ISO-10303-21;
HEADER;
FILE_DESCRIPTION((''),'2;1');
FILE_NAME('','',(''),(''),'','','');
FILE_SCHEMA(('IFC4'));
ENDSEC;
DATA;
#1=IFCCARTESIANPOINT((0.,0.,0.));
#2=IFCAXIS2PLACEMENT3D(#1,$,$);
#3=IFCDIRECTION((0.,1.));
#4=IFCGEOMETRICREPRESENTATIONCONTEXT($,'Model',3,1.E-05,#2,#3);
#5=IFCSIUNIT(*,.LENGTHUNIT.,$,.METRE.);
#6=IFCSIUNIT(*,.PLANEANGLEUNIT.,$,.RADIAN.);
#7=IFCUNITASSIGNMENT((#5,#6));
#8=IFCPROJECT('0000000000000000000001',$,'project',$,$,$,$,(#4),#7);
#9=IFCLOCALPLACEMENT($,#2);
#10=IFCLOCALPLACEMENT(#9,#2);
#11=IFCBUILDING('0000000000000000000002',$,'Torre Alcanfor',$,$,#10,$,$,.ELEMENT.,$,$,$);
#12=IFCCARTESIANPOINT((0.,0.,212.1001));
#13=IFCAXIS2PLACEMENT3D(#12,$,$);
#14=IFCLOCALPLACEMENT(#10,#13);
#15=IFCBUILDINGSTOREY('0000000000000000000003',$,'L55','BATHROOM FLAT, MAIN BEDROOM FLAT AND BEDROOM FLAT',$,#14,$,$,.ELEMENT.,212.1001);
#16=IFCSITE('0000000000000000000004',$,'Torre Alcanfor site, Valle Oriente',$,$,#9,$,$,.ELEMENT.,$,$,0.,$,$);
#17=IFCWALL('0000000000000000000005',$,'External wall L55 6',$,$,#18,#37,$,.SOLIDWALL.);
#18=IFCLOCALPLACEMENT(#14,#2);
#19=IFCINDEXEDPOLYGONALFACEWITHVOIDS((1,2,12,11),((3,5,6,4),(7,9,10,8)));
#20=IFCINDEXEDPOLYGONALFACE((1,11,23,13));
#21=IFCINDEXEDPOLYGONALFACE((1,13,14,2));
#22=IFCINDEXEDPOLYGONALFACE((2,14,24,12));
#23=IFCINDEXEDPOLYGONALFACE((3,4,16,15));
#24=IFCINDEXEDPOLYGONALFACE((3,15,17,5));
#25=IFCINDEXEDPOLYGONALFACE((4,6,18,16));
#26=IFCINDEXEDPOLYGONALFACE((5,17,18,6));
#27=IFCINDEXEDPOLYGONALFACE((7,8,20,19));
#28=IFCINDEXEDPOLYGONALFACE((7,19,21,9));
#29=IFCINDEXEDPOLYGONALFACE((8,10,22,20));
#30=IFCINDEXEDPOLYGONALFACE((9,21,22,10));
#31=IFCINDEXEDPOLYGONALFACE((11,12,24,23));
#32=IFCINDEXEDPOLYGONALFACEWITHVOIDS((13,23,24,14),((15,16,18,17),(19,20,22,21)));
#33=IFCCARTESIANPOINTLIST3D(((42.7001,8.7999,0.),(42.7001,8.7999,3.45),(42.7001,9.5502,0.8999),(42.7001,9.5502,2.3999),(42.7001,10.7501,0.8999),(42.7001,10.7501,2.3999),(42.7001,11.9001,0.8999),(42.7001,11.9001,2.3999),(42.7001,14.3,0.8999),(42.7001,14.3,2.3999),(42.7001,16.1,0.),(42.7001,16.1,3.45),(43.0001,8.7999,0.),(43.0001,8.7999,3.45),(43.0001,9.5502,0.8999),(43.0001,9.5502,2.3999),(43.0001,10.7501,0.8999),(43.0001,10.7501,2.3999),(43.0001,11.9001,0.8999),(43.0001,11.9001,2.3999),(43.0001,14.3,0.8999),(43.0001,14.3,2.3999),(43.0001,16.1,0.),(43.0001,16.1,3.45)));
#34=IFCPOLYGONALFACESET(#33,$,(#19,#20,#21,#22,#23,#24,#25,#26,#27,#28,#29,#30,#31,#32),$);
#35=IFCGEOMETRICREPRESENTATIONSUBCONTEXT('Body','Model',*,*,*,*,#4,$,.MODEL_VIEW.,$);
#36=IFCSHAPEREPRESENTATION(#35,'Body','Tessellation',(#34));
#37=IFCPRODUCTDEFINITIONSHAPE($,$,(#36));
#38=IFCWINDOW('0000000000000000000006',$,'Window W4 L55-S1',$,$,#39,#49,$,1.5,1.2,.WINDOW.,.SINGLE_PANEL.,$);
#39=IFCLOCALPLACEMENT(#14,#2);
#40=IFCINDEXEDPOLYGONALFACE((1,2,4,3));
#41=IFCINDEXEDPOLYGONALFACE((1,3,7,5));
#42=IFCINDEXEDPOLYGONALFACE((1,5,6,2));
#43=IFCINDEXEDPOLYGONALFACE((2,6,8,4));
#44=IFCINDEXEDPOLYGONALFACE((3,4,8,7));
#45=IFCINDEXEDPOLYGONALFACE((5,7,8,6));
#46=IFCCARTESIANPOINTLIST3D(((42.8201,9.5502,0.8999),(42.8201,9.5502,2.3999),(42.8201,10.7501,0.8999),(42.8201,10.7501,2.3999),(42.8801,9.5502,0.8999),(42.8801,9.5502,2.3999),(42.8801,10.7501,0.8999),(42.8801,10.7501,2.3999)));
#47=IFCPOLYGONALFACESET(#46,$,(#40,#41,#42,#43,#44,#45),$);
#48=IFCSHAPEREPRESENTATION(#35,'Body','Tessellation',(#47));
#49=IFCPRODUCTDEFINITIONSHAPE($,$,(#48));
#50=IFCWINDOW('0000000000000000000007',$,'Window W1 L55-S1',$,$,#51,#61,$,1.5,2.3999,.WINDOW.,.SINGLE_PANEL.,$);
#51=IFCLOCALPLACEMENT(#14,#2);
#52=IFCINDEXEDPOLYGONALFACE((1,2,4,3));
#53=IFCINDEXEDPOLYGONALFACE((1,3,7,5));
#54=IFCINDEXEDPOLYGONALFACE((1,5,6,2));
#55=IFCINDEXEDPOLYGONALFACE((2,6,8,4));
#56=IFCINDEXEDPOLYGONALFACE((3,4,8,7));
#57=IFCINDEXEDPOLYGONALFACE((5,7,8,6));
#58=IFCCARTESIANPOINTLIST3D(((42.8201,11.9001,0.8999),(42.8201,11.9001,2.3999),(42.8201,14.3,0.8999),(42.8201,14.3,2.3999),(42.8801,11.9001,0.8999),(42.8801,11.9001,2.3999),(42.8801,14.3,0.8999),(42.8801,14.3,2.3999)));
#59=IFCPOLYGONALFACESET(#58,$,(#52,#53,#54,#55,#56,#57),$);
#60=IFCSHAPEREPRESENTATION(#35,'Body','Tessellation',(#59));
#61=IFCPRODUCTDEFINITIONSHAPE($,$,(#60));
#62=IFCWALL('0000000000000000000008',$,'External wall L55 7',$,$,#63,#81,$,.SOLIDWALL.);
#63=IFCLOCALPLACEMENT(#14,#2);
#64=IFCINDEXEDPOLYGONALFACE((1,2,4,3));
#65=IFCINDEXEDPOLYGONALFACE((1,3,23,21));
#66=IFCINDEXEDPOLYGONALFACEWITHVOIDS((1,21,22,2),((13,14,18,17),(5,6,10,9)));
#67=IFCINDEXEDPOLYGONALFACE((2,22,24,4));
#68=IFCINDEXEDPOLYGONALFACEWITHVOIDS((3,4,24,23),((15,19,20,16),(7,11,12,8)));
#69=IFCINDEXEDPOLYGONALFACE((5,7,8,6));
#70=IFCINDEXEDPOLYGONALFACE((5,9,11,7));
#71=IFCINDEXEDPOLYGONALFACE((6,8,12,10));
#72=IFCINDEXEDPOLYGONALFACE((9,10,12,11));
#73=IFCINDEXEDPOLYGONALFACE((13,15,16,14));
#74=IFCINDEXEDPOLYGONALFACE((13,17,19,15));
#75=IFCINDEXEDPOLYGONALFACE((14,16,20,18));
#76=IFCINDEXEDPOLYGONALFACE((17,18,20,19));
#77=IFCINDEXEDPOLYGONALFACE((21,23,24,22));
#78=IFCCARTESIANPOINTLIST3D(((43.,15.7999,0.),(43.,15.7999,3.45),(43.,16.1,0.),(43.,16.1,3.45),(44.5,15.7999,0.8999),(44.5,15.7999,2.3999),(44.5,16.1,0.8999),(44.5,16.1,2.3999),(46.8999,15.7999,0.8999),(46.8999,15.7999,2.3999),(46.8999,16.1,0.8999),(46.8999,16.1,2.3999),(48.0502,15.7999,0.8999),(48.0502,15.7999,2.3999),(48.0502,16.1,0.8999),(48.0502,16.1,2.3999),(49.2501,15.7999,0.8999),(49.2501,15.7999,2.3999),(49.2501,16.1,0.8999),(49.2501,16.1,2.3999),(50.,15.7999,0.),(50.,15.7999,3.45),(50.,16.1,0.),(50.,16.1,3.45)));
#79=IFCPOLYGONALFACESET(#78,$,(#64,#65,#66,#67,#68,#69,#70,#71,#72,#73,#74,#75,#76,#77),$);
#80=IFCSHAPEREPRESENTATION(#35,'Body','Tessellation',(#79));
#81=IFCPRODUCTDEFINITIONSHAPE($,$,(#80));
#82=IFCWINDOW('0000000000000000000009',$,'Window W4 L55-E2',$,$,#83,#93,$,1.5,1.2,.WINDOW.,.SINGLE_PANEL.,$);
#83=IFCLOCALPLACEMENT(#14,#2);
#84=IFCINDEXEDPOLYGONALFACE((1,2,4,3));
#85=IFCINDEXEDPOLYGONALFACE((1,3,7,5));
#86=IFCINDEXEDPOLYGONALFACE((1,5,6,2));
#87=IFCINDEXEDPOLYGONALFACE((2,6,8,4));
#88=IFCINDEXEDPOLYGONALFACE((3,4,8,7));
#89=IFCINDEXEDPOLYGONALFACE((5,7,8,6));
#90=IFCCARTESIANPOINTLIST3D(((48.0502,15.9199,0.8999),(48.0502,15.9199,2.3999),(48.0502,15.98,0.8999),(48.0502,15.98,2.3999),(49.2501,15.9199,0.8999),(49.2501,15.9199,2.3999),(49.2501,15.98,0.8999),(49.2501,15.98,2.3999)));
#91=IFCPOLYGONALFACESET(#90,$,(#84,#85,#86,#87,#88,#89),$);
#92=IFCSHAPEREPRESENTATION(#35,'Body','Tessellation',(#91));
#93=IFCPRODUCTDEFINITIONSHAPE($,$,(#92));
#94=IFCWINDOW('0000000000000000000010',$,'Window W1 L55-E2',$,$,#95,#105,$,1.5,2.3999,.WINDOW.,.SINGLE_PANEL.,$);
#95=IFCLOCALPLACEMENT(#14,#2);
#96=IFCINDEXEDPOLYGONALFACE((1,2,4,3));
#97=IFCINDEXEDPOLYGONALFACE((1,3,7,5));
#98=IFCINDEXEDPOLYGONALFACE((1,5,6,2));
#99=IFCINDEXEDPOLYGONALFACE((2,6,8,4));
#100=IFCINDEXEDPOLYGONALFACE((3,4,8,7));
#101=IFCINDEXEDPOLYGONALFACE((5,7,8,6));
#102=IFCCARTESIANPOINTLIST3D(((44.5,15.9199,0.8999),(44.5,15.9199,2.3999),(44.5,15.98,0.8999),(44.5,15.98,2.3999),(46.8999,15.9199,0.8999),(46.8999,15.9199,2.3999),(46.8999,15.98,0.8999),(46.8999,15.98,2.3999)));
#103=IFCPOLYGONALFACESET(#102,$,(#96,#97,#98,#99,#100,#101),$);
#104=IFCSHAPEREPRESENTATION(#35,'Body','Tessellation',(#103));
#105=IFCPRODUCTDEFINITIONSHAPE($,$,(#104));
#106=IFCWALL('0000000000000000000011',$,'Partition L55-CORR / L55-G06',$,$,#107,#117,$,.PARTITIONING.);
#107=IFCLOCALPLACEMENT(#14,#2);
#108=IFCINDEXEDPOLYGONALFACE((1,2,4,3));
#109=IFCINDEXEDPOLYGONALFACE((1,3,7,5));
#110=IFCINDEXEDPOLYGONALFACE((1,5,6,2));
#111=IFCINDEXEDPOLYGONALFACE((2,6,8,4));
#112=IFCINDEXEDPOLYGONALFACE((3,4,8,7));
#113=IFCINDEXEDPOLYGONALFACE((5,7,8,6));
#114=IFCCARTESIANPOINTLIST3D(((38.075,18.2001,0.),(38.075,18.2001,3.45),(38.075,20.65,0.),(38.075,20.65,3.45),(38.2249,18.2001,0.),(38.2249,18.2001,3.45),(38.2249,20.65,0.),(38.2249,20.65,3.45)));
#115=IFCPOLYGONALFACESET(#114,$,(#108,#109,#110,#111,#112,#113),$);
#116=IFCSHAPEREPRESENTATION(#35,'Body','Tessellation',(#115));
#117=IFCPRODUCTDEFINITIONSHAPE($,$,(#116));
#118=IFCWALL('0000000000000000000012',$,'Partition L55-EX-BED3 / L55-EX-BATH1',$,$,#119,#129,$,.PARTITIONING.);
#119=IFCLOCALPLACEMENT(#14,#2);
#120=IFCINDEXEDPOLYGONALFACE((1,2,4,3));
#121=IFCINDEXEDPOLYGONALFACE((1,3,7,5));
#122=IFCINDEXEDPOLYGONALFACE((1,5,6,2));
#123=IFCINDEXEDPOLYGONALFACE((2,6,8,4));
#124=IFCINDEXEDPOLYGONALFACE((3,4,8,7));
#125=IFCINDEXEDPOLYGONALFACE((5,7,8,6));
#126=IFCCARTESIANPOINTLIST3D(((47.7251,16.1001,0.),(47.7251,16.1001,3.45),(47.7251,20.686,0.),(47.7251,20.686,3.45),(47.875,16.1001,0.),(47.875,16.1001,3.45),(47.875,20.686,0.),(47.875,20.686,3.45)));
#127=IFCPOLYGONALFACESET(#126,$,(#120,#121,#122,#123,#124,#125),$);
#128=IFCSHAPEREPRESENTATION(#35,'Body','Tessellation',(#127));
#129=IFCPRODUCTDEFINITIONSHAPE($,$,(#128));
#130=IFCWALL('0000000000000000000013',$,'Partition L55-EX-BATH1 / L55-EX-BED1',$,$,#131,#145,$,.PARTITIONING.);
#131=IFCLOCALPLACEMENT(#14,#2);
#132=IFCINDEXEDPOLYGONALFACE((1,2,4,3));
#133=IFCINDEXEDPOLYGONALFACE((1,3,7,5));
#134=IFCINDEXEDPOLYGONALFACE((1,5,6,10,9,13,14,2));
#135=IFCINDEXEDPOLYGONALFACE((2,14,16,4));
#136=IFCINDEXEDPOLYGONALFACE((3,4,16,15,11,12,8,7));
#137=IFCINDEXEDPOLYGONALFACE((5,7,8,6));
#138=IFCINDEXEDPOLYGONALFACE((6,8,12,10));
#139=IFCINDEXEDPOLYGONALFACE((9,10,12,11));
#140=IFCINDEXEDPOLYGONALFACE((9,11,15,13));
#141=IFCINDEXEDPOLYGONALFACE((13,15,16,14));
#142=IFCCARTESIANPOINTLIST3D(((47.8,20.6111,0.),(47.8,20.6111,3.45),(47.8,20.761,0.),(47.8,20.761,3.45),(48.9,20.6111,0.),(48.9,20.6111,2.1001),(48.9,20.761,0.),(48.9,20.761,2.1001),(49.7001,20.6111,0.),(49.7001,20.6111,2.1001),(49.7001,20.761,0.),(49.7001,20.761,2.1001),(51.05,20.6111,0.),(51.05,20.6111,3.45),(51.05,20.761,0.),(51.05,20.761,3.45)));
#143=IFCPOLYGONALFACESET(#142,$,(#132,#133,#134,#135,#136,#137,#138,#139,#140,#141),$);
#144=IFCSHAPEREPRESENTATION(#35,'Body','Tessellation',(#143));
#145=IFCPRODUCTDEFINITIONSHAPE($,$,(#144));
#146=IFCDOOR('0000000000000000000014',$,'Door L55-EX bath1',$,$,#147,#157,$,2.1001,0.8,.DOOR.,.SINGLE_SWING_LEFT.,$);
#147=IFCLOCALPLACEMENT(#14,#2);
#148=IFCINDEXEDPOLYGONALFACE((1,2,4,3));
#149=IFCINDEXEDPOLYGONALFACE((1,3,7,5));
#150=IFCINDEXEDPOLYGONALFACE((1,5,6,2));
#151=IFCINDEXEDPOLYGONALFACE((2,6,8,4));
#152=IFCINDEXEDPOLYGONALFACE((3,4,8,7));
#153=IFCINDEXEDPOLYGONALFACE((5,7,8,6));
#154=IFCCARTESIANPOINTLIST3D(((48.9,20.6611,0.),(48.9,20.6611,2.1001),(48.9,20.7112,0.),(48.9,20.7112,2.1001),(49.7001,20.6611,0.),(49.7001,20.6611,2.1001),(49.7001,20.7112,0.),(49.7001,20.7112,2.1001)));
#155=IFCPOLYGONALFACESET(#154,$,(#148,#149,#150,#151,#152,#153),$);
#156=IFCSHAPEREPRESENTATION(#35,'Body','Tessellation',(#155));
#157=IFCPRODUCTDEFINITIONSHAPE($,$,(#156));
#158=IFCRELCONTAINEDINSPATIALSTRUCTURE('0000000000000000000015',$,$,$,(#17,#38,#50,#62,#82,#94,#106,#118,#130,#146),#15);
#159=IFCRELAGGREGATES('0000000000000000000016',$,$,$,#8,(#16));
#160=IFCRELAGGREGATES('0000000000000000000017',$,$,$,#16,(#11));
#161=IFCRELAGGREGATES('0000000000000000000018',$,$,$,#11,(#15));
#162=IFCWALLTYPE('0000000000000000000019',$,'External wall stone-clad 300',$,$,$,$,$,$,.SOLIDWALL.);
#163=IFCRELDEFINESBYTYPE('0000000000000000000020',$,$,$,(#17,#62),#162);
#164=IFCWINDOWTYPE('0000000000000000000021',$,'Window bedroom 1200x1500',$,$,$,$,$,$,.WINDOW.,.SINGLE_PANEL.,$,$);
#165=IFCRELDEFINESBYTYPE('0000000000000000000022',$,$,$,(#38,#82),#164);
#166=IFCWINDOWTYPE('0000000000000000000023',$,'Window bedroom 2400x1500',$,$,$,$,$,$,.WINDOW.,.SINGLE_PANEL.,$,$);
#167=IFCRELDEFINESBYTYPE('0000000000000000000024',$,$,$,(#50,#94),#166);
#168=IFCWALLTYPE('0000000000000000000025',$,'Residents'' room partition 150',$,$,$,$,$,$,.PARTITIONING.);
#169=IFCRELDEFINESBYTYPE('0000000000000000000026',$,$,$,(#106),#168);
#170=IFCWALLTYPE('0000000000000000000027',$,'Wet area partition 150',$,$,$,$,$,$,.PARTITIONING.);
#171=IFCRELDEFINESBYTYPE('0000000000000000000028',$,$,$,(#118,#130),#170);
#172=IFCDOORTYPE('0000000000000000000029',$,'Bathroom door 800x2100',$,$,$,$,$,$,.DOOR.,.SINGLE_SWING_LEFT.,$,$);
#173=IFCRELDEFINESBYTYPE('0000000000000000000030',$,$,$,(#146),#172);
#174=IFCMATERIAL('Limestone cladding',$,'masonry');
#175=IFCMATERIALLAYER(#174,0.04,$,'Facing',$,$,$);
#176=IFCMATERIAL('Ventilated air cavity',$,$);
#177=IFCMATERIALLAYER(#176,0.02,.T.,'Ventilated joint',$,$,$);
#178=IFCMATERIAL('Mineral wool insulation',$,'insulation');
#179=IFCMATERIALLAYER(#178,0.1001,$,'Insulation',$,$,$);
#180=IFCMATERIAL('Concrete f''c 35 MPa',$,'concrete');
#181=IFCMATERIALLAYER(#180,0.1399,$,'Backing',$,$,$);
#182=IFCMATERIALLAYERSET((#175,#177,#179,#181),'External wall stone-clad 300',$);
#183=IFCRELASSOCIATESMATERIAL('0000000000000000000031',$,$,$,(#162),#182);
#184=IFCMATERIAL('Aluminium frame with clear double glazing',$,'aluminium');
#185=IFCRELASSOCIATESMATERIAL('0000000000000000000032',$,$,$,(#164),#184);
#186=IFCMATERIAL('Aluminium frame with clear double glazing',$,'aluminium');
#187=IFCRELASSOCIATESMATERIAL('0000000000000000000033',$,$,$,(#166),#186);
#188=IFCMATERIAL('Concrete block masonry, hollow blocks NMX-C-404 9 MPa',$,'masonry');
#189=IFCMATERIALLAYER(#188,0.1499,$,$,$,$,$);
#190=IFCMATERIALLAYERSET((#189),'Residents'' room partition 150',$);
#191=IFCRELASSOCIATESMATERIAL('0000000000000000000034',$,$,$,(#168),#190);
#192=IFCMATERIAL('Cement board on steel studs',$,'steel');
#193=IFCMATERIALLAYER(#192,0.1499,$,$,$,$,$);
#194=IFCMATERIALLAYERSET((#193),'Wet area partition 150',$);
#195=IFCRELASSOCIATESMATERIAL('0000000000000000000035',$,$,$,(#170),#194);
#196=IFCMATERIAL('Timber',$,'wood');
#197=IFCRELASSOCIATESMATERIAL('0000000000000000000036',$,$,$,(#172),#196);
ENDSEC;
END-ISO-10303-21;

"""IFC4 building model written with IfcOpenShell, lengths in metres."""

from ifc_helpers import new_model, si_unit, direction, frame, frame_2d, origin, place, context, subcontext, project, spatial, rectangle, extrude, material, layer, layer_set, type_object, element, fill, save


model = new_model("IFC4")

# Units and contexts
model_context = context("Model", 3, precision=1e-05, world=origin(), true_north=direction((0.0, 1.0)))
body_context = subcontext(model_context, "Body", "Model", "MODEL_VIEW")
ifc_project = project(units=[si_unit("LENGTHUNIT", "METRE"), si_unit("PLANEANGLEUNIT", "RADIAN")], contexts=[model_context])

# Site, building, storey
site_placement = place(None, origin())
site = spatial("IfcSite", under=ifc_project, at=site_placement, Name="Torre Alcanfor site, Valle Oriente", CompositionType="ELEMENT", RefElevation=0.0)
building_placement = place(site_placement, origin())
building = spatial("IfcBuilding", under=site, at=building_placement, Name="Torre Alcanfor", CompositionType="ELEMENT")
storey_placement = place(building_placement, frame((0.0, 0.0, 212.1001)))
storey = spatial("IfcBuildingStorey", under=building, at=storey_placement, Name="L55", Description="BATHROOM FLAT, MAIN BEDROOM FLAT AND BEDROOM FLAT", CompositionType="ELEMENT", Elevation=212.1001)

# Walls, openings, windows
ifc_material_1 = material(Name="Limestone cladding", Category="masonry")
ifc_layer_1 = layer(ifc_material_1, 0.04, Name="Facing")
ifc_material_2 = material(Name="Ventilated air cavity")
ifc_layer_2 = layer(ifc_material_2, 0.02, ventilated=True, Name="Ventilated joint")
ifc_material_3 = material(Name="Mineral wool insulation", Category="insulation")
ifc_layer_3 = layer(ifc_material_3, 0.1001, Name="Insulation")
ifc_material_4 = material(Name="Concrete f'c 35 MPa", Category="concrete")
ifc_layer_4 = layer(ifc_material_4, 0.1399, Name="Backing")
ifc_layer_set_1 = layer_set([ifc_layer_1, ifc_layer_2, ifc_layer_3, ifc_layer_4], Name="External wall stone-clad 300")
wall_type_1 = type_object("IfcWallType", Name="External wall stone-clad 300", PredefinedType="SOLIDWALL", material=ifc_layer_set_1)
wall_1_placement = place(storey_placement, frame((42.8501, 8.8, 0.0), z_axis=(0.0, 0.0, 1.0), x_axis=(0.0, 1.0, 0.0)))
wall_1 = element("IfcWall", 1, at=wall_1_placement, inside=storey, type_object=wall_type_1, Name="External wall L55 6", PredefinedType="SOLIDWALL", context=body_context, shape_type="SweptSolid", body=[
    extrude(rectangle(XDim=7.3, YDim=0.3, at=frame_2d((3.6499, 0.0))), origin(), (0.0, 0.0, 1.0), 3.45),
])
opening_1_placement = place(wall_1_placement, frame((3.1001, 0.0, 0.8999)))
opening_1 = element("IfcOpeningElement", 2, at=opening_1_placement, cuts=wall_1, PredefinedType="OPENING", context=body_context, shape_type="SweptSolid", body=[
    extrude(rectangle(XDim=2.3999, YDim=1.5, at=frame_2d((1.2, 0.75))), frame((0.0, 0.1599, 0.0), z_axis=(0.0, -1.0, 0.0), x_axis=(1.0, 0.0, 0.0)), (0.0, 0.0, 1.0), 0.3201),
])
opening_2_placement = place(wall_1_placement, frame((0.75, 0.0, 0.8999)))
opening_2 = element("IfcOpeningElement", 3, at=opening_2_placement, cuts=wall_1, PredefinedType="OPENING", context=body_context, shape_type="SweptSolid", body=[
    extrude(rectangle(XDim=1.2, YDim=1.5, at=frame_2d((0.6001, 0.75))), frame((0.0, 0.1599, 0.0), z_axis=(0.0, -1.0, 0.0), x_axis=(1.0, 0.0, 0.0)), (0.0, 0.0, 1.0), 0.3201),
])
ifc_material_5 = material(Name="Aluminium frame with clear double glazing", Category="aluminium")
window_type_1 = type_object("IfcWindowType", Name="Window bedroom 1200x1500", PartitioningType="SINGLE_PANEL", PredefinedType="WINDOW", material=ifc_material_5)
window_1_placement = place(opening_2_placement, origin())
window_1 = element("IfcWindow", 4, at=window_1_placement, inside=storey, type_object=window_type_1, Name="Window W4 L55-S1", OverallHeight=1.5, OverallWidth=1.2, PartitioningType="SINGLE_PANEL", PredefinedType="WINDOW", context=body_context, shape_type="SweptSolid", body=[
    extrude(rectangle(XDim=1.2, YDim=1.5, at=frame_2d((0.6001, 0.75))), frame((0.0, 0.03, 0.0), z_axis=(0.0, -1.0, 0.0), x_axis=(1.0, 0.0, 0.0)), (0.0, 0.0, 1.0), 0.0601),
])
fill(opening_2, window_1)
ifc_material_6 = material(Name="Aluminium frame with clear double glazing", Category="aluminium")
window_type_2 = type_object("IfcWindowType", Name="Window bedroom 2400x1500", PartitioningType="SINGLE_PANEL", PredefinedType="WINDOW", material=ifc_material_6)
window_2_placement = place(opening_1_placement, origin())
window_2 = element("IfcWindow", 5, at=window_2_placement, inside=storey, type_object=window_type_2, Name="Window W1 L55-S1", OverallHeight=1.5, OverallWidth=2.3999, PartitioningType="SINGLE_PANEL", PredefinedType="WINDOW", context=body_context, shape_type="SweptSolid", body=[
    extrude(rectangle(XDim=2.3999, YDim=1.5, at=frame_2d((1.2, 0.75))), frame((0.0, 0.03, 0.0), z_axis=(0.0, -1.0, 0.0), x_axis=(1.0, 0.0, 0.0)), (0.0, 0.0, 1.0), 0.0601),
])
fill(opening_1, window_2)
wall_2_placement = place(storey_placement, frame((43.0, 15.95, 0.0), z_axis=(0.0, 0.0, 1.0), x_axis=(1.0, 0.0, 0.0)))
wall_2 = element("IfcWall", 6, at=wall_2_placement, inside=storey, type_object=wall_type_1, Name="External wall L55 7", PredefinedType="SOLIDWALL", context=body_context, shape_type="SweptSolid", body=[
    extrude(rectangle(XDim=7.0, YDim=0.3, at=frame_2d((3.5, 0.0))), origin(), (0.0, 0.0, 1.0), 3.45),
])
opening_3_placement = place(wall_2_placement, frame((1.5, 0.0, 0.8999)))
opening_3 = element("IfcOpeningElement", 7, at=opening_3_placement, cuts=wall_2, PredefinedType="OPENING", context=body_context, shape_type="SweptSolid", body=[
    extrude(rectangle(XDim=2.3999, YDim=1.5, at=frame_2d((1.2, 0.75))), frame((0.0, 0.1599, 0.0), z_axis=(0.0, -1.0, 0.0), x_axis=(1.0, 0.0, 0.0)), (0.0, 0.0, 1.0), 0.3201),
])
opening_4_placement = place(wall_2_placement, frame((5.05, 0.0, 0.8999)))
opening_4 = element("IfcOpeningElement", 8, at=opening_4_placement, cuts=wall_2, PredefinedType="OPENING", context=body_context, shape_type="SweptSolid", body=[
    extrude(rectangle(XDim=1.2, YDim=1.5, at=frame_2d((0.6001, 0.75))), frame((0.0, 0.1599, 0.0), z_axis=(0.0, -1.0, 0.0), x_axis=(1.0, 0.0, 0.0)), (0.0, 0.0, 1.0), 0.3201),
])
window_3_placement = place(opening_4_placement, origin())
window_3 = element("IfcWindow", 9, at=window_3_placement, inside=storey, type_object=window_type_1, Name="Window W4 L55-E2", OverallHeight=1.5, OverallWidth=1.2, PartitioningType="SINGLE_PANEL", PredefinedType="WINDOW", context=body_context, shape_type="SweptSolid", body=[
    extrude(rectangle(XDim=1.2, YDim=1.5, at=frame_2d((0.6001, 0.75))), frame((0.0, 0.03, 0.0), z_axis=(0.0, -1.0, 0.0), x_axis=(1.0, 0.0, 0.0)), (0.0, 0.0, 1.0), 0.0601),
])
fill(opening_4, window_3)
window_4_placement = place(opening_3_placement, origin())
window_4 = element("IfcWindow", 10, at=window_4_placement, inside=storey, type_object=window_type_2, Name="Window W1 L55-E2", OverallHeight=1.5, OverallWidth=2.3999, PartitioningType="SINGLE_PANEL", PredefinedType="WINDOW", context=body_context, shape_type="SweptSolid", body=[
    extrude(rectangle(XDim=2.3999, YDim=1.5, at=frame_2d((1.2, 0.75))), frame((0.0, 0.03, 0.0), z_axis=(0.0, -1.0, 0.0), x_axis=(1.0, 0.0, 0.0)), (0.0, 0.0, 1.0), 0.0601),
])
fill(opening_3, window_4)

# Walls
ifc_material_7 = material(Name="Concrete block masonry, hollow blocks NMX-C-404 9 MPa", Category="masonry")
ifc_layer_5 = layer(ifc_material_7, 0.1499)
ifc_layer_set_2 = layer_set([ifc_layer_5], Name="Residents' room partition 150")
wall_type_2 = type_object("IfcWallType", Name="Residents' room partition 150", PredefinedType="PARTITIONING", material=ifc_layer_set_2)
wall_3_placement = place(storey_placement, frame((38.1499, 18.2, 0.0), z_axis=(0.0, 0.0, 1.0), x_axis=(0.0, 1.0, 0.0)))
element("IfcWall", 11, at=wall_3_placement, inside=storey, type_object=wall_type_2, Name="Partition L55-CORR / L55-G06", PredefinedType="PARTITIONING", context=body_context, shape_type="SweptSolid", body=[
    extrude(rectangle(XDim=2.45, YDim=0.1499, at=frame_2d((1.2251, 0.0))), origin(), (0.0, 0.0, 1.0), 3.45),
])
ifc_material_8 = material(Name="Cement board on steel studs", Category="steel")
ifc_layer_6 = layer(ifc_material_8, 0.1499)
ifc_layer_set_3 = layer_set([ifc_layer_6], Name="Wet area partition 150")
wall_type_3 = type_object("IfcWallType", Name="Wet area partition 150", PredefinedType="PARTITIONING", material=ifc_layer_set_3)
wall_4_placement = place(storey_placement, frame((47.8, 16.1001, 0.0), z_axis=(0.0, 0.0, 1.0), x_axis=(0.0, 1.0, 0.0)))
element("IfcWall", 12, at=wall_4_placement, inside=storey, type_object=wall_type_3, Name="Partition L55-EX-BED3 / L55-EX-BATH1", PredefinedType="PARTITIONING", context=body_context, shape_type="SweptSolid", body=[
    extrude(rectangle(XDim=4.5859, YDim=0.1499, at=frame_2d((2.293, 0.0))), origin(), (0.0, 0.0, 1.0), 3.45),
])

# Wall, opening, door
wall_5_placement = place(storey_placement, frame((51.05, 20.686, 0.0), z_axis=(0.0, 0.0, 1.0), x_axis=(-1.0, 0.0, 0.0)))
wall_5 = element("IfcWall", 13, at=wall_5_placement, inside=storey, type_object=wall_type_3, Name="Partition L55-EX-BATH1 / L55-EX-BED1", PredefinedType="PARTITIONING", context=body_context, shape_type="SweptSolid", body=[
    extrude(rectangle(XDim=3.25, YDim=0.1499, at=frame_2d((1.625, 0.0))), origin(), (0.0, 0.0, 1.0), 3.45),
])
opening_5_placement = place(wall_5_placement, frame((1.3501, 0.0, 0.0)))
opening_5 = element("IfcOpeningElement", 14, at=opening_5_placement, cuts=wall_5, PredefinedType="OPENING", context=body_context, shape_type="SweptSolid", body=[
    extrude(rectangle(XDim=0.8, YDim=2.1001, at=frame_2d((0.3999, 1.05))), frame((0.0, 0.085, 0.0), z_axis=(0.0, -1.0, 0.0), x_axis=(1.0, 0.0, 0.0)), (0.0, 0.0, 1.0), 0.1699),
])
ifc_material_9 = material(Name="Timber", Category="wood")
door_type = type_object("IfcDoorType", Name="Bathroom door 800x2100", OperationType="SINGLE_SWING_LEFT", PredefinedType="DOOR", material=ifc_material_9)
door_placement = place(opening_5_placement, frame((0.8, 0.0, 0.0), z_axis=(0.0, 0.0, 1.0), x_axis=(-1.0, 0.0, 0.0)))
door = element("IfcDoor", 15, at=door_placement, inside=storey, type_object=door_type, Name="Door L55-EX bath1", OperationType="SINGLE_SWING_LEFT", OverallHeight=2.1001, OverallWidth=0.8, PredefinedType="DOOR", context=body_context, shape_type="SweptSolid", body=[
    extrude(rectangle(XDim=0.8, YDim=2.1001, at=frame_2d((0.4001, 1.05))), frame((0.0, 0.0251, 0.0), z_axis=(0.0, -1.0, 0.0), x_axis=(1.0, 0.0, 0.0)), (0.0, 0.0, 1.0), 0.05),
])
fill(opening_5, door)

save(model, "model.ifc")
